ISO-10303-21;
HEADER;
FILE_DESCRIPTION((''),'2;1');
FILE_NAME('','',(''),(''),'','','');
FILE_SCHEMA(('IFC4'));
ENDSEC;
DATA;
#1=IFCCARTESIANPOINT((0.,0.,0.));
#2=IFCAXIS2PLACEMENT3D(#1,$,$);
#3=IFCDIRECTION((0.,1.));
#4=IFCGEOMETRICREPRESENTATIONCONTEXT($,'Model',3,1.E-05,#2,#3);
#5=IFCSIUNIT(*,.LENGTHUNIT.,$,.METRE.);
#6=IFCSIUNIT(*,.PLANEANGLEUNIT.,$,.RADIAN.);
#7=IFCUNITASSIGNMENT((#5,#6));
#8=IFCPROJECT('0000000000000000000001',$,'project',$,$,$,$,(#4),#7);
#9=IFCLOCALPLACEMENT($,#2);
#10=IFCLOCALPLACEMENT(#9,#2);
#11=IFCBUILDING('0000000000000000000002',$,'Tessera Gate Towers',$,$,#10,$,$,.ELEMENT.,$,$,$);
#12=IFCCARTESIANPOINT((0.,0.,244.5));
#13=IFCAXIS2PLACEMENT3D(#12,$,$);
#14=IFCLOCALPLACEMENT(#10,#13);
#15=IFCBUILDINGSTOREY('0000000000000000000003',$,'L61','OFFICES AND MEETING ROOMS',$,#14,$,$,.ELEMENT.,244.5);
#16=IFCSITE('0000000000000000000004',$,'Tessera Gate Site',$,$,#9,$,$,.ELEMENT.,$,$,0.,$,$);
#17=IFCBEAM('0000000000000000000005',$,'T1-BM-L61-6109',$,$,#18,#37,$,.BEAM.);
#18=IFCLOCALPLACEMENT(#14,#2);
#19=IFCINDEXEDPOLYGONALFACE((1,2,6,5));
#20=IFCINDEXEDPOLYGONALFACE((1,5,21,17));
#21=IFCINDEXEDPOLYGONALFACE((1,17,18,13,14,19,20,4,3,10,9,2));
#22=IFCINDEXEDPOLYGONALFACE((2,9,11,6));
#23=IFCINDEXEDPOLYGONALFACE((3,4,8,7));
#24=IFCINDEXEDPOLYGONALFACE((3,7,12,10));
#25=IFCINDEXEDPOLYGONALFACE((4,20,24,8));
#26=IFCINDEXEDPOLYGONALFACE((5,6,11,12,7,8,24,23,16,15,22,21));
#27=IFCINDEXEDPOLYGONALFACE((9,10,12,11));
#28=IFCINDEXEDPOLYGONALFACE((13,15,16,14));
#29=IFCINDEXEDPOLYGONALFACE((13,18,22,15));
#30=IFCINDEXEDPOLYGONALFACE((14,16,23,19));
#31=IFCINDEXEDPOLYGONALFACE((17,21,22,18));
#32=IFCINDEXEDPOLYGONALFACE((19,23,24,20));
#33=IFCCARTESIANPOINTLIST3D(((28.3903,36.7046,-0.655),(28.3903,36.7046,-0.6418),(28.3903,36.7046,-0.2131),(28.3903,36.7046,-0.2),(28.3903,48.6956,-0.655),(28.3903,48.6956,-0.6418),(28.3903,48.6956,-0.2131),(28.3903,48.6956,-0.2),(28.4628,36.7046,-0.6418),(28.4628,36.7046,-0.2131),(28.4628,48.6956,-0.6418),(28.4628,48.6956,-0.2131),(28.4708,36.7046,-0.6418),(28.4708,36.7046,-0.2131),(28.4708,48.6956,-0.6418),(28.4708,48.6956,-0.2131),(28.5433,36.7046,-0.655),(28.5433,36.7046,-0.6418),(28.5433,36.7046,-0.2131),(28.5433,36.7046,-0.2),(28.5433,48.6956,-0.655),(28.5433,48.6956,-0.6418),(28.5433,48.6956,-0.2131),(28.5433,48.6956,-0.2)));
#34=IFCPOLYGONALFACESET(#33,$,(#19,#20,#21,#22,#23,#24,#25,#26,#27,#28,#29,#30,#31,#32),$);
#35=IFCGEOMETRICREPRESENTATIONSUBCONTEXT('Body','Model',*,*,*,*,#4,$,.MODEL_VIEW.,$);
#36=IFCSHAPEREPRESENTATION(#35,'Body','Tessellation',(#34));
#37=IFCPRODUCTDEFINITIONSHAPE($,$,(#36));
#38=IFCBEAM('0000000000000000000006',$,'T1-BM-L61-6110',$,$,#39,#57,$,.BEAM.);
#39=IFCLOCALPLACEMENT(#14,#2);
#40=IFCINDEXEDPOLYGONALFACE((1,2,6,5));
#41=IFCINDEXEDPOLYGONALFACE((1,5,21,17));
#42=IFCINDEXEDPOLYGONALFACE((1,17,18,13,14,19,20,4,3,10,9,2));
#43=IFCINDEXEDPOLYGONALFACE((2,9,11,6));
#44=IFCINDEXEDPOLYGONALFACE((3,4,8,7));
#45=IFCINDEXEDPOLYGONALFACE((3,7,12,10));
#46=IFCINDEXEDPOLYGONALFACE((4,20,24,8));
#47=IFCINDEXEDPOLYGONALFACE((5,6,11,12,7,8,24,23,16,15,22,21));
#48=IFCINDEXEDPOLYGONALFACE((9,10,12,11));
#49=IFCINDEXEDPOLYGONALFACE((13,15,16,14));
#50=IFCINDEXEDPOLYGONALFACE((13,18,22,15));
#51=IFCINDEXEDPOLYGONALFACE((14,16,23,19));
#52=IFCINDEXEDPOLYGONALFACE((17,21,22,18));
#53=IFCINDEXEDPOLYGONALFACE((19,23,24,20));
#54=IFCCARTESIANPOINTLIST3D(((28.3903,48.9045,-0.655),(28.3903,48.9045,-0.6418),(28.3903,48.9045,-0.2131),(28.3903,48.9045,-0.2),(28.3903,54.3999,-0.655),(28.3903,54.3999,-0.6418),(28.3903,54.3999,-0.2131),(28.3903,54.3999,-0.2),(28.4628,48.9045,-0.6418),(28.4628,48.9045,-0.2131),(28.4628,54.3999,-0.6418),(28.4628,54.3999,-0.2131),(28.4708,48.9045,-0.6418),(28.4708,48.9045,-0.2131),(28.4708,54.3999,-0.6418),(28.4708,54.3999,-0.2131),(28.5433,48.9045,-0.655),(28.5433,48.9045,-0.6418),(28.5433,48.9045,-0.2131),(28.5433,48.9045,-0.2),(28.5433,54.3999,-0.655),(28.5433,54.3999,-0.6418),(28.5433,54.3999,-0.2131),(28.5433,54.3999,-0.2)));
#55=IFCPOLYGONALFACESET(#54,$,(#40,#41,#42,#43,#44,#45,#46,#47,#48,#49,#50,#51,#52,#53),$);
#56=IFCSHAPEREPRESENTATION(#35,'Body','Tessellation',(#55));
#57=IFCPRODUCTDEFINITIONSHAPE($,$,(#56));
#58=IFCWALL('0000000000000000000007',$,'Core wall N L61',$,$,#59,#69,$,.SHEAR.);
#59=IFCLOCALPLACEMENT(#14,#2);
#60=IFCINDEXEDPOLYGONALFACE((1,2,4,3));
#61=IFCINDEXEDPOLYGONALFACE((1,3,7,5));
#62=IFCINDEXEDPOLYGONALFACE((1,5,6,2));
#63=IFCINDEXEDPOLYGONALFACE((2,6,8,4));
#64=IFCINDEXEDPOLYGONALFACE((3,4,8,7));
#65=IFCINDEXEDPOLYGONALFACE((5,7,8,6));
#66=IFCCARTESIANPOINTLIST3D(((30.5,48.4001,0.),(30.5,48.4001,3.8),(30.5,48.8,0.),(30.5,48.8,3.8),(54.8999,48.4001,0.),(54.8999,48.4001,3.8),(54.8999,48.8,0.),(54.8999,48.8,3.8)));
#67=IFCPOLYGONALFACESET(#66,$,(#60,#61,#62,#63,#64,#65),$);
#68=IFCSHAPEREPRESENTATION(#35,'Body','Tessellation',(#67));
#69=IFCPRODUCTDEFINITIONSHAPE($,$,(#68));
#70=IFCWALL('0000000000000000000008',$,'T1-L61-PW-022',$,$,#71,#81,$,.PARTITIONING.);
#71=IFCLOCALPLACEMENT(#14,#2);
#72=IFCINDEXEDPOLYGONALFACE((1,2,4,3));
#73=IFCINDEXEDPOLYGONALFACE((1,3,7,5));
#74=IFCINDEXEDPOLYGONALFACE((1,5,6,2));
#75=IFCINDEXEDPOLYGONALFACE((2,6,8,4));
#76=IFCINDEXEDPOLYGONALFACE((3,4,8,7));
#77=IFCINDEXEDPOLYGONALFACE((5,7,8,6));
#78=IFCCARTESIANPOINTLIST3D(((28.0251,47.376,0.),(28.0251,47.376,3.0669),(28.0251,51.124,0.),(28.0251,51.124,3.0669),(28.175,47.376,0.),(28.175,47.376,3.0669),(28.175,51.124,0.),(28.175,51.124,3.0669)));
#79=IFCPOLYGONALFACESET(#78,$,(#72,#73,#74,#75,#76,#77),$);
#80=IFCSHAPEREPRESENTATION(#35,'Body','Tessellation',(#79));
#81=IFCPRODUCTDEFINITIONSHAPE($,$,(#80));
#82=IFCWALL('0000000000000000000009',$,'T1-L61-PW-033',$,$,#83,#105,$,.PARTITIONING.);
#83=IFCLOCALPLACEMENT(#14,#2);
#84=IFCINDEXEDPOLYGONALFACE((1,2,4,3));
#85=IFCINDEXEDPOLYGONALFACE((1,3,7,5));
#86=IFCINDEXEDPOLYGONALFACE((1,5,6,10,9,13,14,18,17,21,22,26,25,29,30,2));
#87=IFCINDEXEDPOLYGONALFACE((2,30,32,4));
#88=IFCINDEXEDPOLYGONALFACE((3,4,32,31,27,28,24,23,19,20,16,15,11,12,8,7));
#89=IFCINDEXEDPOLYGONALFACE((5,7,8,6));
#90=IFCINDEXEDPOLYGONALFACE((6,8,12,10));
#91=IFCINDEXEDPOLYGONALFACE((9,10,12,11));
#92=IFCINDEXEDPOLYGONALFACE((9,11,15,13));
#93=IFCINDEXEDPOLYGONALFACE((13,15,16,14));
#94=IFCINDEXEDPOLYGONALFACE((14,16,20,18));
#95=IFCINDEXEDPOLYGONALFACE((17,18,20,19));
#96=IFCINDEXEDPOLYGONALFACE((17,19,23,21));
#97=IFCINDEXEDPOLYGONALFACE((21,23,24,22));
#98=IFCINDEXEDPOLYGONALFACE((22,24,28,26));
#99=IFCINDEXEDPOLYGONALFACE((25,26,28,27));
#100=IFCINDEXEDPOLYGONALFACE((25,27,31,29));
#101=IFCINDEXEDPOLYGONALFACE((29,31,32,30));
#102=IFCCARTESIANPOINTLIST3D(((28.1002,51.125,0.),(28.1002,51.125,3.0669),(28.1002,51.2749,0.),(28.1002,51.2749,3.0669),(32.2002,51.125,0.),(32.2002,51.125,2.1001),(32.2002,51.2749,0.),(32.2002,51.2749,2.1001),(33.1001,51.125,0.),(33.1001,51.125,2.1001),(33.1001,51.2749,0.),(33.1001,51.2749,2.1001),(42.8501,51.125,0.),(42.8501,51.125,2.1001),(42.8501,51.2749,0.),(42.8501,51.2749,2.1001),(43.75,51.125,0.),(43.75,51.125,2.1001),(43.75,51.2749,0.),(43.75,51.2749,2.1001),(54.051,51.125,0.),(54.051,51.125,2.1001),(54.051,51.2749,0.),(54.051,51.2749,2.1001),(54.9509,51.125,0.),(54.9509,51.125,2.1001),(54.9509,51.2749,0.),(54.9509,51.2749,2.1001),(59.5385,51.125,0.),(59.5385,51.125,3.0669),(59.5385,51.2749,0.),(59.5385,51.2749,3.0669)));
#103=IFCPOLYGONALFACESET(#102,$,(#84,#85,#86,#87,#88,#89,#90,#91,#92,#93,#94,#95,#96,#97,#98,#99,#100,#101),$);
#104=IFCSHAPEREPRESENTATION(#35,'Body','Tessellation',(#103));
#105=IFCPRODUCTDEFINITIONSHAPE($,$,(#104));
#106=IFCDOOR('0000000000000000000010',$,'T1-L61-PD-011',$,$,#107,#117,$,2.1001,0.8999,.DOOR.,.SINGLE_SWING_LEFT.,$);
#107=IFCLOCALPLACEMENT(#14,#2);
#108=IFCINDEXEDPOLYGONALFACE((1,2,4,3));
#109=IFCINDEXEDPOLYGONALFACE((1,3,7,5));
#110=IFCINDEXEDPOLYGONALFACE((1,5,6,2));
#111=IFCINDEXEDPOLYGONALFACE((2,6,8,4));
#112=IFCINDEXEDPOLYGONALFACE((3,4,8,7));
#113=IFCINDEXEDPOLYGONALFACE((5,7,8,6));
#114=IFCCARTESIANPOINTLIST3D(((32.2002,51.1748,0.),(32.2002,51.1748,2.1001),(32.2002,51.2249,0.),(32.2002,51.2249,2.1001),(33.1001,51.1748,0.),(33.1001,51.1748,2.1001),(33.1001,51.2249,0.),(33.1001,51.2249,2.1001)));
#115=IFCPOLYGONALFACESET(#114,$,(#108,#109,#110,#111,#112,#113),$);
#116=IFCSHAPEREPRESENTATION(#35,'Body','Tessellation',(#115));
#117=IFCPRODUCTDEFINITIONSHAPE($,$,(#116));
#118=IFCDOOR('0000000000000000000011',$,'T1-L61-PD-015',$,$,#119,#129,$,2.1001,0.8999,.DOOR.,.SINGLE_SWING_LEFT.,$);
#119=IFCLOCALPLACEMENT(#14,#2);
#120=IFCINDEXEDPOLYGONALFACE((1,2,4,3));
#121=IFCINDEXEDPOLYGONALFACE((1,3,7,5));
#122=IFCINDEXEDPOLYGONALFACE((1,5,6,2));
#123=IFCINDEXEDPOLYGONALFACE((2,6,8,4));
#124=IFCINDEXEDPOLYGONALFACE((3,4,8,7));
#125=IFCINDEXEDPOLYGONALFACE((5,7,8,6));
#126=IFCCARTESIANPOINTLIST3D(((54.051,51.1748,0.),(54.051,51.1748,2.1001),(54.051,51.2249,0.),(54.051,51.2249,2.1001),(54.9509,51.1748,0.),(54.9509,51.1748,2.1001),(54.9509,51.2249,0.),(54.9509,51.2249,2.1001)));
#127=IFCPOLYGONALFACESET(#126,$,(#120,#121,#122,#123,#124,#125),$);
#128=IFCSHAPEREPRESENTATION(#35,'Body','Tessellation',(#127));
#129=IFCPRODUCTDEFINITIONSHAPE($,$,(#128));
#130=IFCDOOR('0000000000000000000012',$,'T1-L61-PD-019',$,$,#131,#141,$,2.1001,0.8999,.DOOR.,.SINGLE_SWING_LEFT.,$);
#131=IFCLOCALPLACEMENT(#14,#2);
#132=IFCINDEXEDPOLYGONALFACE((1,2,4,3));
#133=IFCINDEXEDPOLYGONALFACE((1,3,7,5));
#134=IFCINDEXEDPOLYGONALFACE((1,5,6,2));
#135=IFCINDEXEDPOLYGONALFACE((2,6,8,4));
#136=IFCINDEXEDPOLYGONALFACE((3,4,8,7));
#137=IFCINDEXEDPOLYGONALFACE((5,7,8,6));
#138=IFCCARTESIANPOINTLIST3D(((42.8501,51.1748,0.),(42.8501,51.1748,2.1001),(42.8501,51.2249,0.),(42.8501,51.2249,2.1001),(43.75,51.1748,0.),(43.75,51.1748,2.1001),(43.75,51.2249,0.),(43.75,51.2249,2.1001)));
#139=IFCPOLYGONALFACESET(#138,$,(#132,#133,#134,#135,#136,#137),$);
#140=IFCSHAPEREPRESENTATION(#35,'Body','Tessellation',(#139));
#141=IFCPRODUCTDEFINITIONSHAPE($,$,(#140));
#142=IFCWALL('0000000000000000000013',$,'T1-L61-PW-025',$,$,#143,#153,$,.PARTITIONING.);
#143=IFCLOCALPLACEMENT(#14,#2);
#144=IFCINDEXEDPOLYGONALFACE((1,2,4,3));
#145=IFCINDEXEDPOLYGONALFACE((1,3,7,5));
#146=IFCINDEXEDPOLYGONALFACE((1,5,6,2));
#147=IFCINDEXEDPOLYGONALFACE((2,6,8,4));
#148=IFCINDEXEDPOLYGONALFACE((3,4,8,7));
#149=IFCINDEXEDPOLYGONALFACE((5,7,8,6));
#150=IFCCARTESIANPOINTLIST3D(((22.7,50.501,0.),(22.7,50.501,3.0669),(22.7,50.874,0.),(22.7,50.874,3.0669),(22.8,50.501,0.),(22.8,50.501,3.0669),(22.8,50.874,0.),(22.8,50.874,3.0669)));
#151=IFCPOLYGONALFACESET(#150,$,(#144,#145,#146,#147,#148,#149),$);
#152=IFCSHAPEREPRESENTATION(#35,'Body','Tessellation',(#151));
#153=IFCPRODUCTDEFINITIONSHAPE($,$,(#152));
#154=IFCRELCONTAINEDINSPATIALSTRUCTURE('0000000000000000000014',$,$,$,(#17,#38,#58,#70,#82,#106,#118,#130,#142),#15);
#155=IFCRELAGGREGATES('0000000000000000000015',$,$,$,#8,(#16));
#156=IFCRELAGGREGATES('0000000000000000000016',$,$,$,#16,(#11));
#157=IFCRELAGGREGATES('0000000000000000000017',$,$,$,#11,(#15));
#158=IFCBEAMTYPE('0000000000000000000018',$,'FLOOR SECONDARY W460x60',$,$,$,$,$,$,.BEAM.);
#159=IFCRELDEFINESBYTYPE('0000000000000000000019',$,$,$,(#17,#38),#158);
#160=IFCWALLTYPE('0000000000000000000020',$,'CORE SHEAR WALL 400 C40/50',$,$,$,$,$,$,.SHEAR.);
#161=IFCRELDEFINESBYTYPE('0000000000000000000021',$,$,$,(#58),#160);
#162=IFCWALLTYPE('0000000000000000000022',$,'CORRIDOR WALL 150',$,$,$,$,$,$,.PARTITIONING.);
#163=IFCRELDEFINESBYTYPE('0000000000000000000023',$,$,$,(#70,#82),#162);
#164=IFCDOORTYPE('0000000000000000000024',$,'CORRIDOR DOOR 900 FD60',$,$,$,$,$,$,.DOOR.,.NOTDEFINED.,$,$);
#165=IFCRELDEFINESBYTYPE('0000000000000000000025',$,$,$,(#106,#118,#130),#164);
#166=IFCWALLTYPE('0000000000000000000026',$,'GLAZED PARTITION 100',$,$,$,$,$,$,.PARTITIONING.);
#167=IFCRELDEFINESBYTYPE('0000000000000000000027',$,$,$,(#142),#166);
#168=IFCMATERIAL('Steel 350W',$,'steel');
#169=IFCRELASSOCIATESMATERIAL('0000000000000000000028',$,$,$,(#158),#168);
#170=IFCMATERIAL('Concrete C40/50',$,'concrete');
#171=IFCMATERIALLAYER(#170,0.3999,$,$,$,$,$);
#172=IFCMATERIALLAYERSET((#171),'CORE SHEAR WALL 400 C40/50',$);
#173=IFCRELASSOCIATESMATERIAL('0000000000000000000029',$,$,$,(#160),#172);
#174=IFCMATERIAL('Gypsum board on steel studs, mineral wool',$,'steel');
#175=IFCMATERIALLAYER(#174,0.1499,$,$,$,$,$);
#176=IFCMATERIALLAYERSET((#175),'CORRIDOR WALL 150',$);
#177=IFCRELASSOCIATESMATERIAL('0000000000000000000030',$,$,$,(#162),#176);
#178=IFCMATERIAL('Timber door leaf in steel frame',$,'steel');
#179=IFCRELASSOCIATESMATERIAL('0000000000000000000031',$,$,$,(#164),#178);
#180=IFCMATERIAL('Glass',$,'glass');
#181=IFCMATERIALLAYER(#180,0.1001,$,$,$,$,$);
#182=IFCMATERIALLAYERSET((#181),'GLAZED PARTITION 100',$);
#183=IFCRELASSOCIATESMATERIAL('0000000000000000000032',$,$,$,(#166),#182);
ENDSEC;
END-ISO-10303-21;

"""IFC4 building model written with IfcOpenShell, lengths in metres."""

from ifc_helpers import new_model, si_unit, direction, frame, frame_2d, origin, origin_2d, place, context, subcontext, project, spatial, rectangle, i_section, extrude, source, transform, mapped, material, layer, layer_set, material_profile, profile_set, type_object, element, fill, save


model = new_model("IFC4")

# Units and contexts
model_context = context("Model", 3, precision=1e-05, world=origin(), true_north=direction((0.0, 1.0)))
body_context = subcontext(model_context, "Body", "Model", "MODEL_VIEW")
ifc_project = project(units=[si_unit("LENGTHUNIT", "METRE"), si_unit("PLANEANGLEUNIT", "RADIAN")], contexts=[model_context])

# Site, building, storey
site_placement = place(None, origin())
site = spatial("IfcSite", under=ifc_project, at=site_placement, Name="Tessera Gate Site", CompositionType="ELEMENT", RefElevation=0.0)
building_placement = place(site_placement, origin())
building = spatial("IfcBuilding", under=site, at=building_placement, Name="Tessera Gate Towers", CompositionType="ELEMENT")
storey_placement = place(building_placement, frame((0.0, 0.0, 244.5)))
storey = spatial("IfcBuildingStorey", under=building, at=storey_placement, Name="L61", Description="OFFICES AND MEETING ROOMS", CompositionType="ELEMENT", Elevation=244.5)

# Beams
ifc_material_1 = material(Name="Steel 350W", Category="steel")
ifc_material_profile_1 = material_profile(ifc_material_1, i_section(OverallWidth=0.1531, OverallDepth=0.4551, WebThickness=0.0081, FlangeThickness=0.0132, at=origin_2d()), Name="W460x60")
ifc_profile_set_1 = profile_set([ifc_material_profile_1], Name="Steel 350W")
beam_type_1 = type_object("IfcBeamType", Name="FLOOR SECONDARY W460x60", PredefinedType="BEAM", material=ifc_profile_set_1)
beam_1_placement = place(storey_placement, frame((28.4668, 36.7046, -0.4275), z_axis=(0.0, 1.0, 0.0), x_axis=(-1.0, 0.0, 0.0)))
element("IfcBeam", 1, at=beam_1_placement, inside=storey, type_object=beam_type_1, Name="T1-BM-L61-6109", PredefinedType="BEAM", context=body_context, shape_type="SweptSolid", body=[
    extrude(i_section(OverallWidth=0.1531, OverallDepth=0.4551, WebThickness=0.0081, FlangeThickness=0.0132, at=origin_2d()), origin(), (0.0, 0.0, 1.0), 11.991),
])
beam_2_placement = place(storey_placement, frame((28.4668, 48.9045, -0.4275), z_axis=(0.0, 1.0, 0.0), x_axis=(-1.0, 0.0, 0.0)))
element("IfcBeam", 2, at=beam_2_placement, inside=storey, type_object=beam_type_1, Name="T1-BM-L61-6110", PredefinedType="BEAM", context=body_context, shape_type="SweptSolid", body=[
    extrude(i_section(OverallWidth=0.1531, OverallDepth=0.4551, WebThickness=0.0081, FlangeThickness=0.0132, at=origin_2d()), origin(), (0.0, 0.0, 1.0), 5.4954),
])

# Walls
ifc_material_2 = material(Name="Concrete C40/50", Category="concrete")
ifc_layer_1 = layer(ifc_material_2, 0.3999)
ifc_layer_set_1 = layer_set([ifc_layer_1], Name="CORE SHEAR WALL 400 C40/50")
wall_type_1 = type_object("IfcWallType", Name="CORE SHEAR WALL 400 C40/50", PredefinedType="SHEAR", material=ifc_layer_set_1)
wall_1_placement = place(storey_placement, frame((30.5, 48.6001, 0.0), z_axis=(0.0, 0.0, 1.0), x_axis=(1.0, 0.0, 0.0)))
element("IfcWall", 3, at=wall_1_placement, inside=storey, type_object=wall_type_1, Name="Core wall N L61", PredefinedType="SHEAR", context=body_context, shape_type="SweptSolid", body=[
    extrude(rectangle(XDim=24.3999, YDim=0.3999, at=frame_2d((12.2, 0.0))), origin(), (0.0, 0.0, 1.0), 3.8),
])
ifc_material_3 = material(Name="Gypsum board on steel studs, mineral wool", Category="steel")
ifc_layer_2 = layer(ifc_material_3, 0.1499)
ifc_layer_set_2 = layer_set([ifc_layer_2], Name="CORRIDOR WALL 150")
wall_type_2 = type_object("IfcWallType", Name="CORRIDOR WALL 150", PredefinedType="PARTITIONING", material=ifc_layer_set_2)
wall_2_placement = place(storey_placement, frame((28.1001, 47.376, 0.0), z_axis=(0.0, 0.0, 1.0), x_axis=(0.0, 1.0, 0.0)))
element("IfcWall", 4, at=wall_2_placement, inside=storey, type_object=wall_type_2, Name="T1-L61-PW-022", PredefinedType="PARTITIONING", context=body_context, shape_type="SweptSolid", body=[
    extrude(rectangle(XDim=3.748, YDim=0.1499, at=frame_2d((1.874, 0.0))), origin(), (0.0, 0.0, 1.0), 3.0669),
])

# Wall, openings, doors
wall_3_placement = place(storey_placement, frame((28.1001, 51.2, 0.0), z_axis=(0.0, 0.0, 1.0), x_axis=(1.0, 0.0, 0.0)))
wall_3 = element("IfcWall", 5, at=wall_3_placement, inside=storey, type_object=wall_type_2, Name="T1-L61-PW-033", PredefinedType="PARTITIONING", context=body_context, shape_type="SweptSolid", body=[
    extrude(rectangle(XDim=31.4382, YDim=0.1499, at=frame_2d((15.7192, 0.0))), origin(), (0.0, 0.0, 1.0), 3.0669),
])
shared_shape_1 = source(origin(), body_context, "Body", "SweptSolid", [
    extrude(rectangle(XDim=0.8999, YDim=2.1001, at=frame_2d((0.45, 1.05))), frame((0.0, 0.085, 0.0), z_axis=(0.0, -1.0, 0.0), x_axis=(1.0, 0.0, 0.0)), (0.0, 0.0, 1.0), 0.1699),
])
opening_1_placement = place(wall_3_placement, frame((4.1001, 0.0, 0.0)))
opening_1 = element("IfcOpeningElement", 6, at=opening_1_placement, cuts=wall_3, PredefinedType="OPENING", context=body_context, shape_type="MappedRepresentation", body=[
    mapped(shared_shape_1, transform((0.0, 0.0, 0.0), scale=1.0)),
])
opening_2_placement = place(wall_3_placement, frame((25.9509, 0.0, 0.0)))
opening_2 = element("IfcOpeningElement", 7, at=opening_2_placement, cuts=wall_3, PredefinedType="OPENING", context=body_context, shape_type="MappedRepresentation", body=[
    mapped(shared_shape_1, transform((0.0, 0.0, 0.0), scale=1.0)),
])
opening_3_placement = place(wall_3_placement, frame((14.75, 0.0, 0.0)))
opening_3 = element("IfcOpeningElement", 8, at=opening_3_placement, cuts=wall_3, PredefinedType="OPENING", context=body_context, shape_type="MappedRepresentation", body=[
    mapped(shared_shape_1, transform((0.0, 0.0, 0.0), scale=1.0)),
])
ifc_material_4 = material(Name="Timber door leaf in steel frame", Category="steel")
door_type_1 = type_object("IfcDoorType", Name="CORRIDOR DOOR 900 FD60", OperationType="NOTDEFINED", PredefinedType="DOOR", material=ifc_material_4)
shared_shape_2 = source(origin(), body_context, "Body", "SweptSolid", [
    extrude(rectangle(XDim=0.8999, YDim=2.1001, at=frame_2d((0.45, 1.05))), frame((0.0, 0.0249, 0.0), z_axis=(0.0, -1.0, 0.0), x_axis=(1.0, 0.0, 0.0)), (0.0, 0.0, 1.0), 0.05),
])
door_1_placement = place(opening_1_placement, origin())
door_1 = element("IfcDoor", 9, at=door_1_placement, inside=storey, type_object=door_type_1, Name="T1-L61-PD-011", OperationType="SINGLE_SWING_LEFT", OverallHeight=2.1001, OverallWidth=0.8999, PredefinedType="DOOR", context=body_context, shape_type="MappedRepresentation", body=[
    mapped(shared_shape_2, transform((0.0, 0.0, 0.0), scale=1.0)),
])
fill(opening_1, door_1)
door_2_placement = place(opening_2_placement, origin())
door_2 = element("IfcDoor", 10, at=door_2_placement, inside=storey, type_object=door_type_1, Name="T1-L61-PD-015", OperationType="SINGLE_SWING_LEFT", OverallHeight=2.1001, OverallWidth=0.8999, PredefinedType="DOOR", context=body_context, shape_type="MappedRepresentation", body=[
    mapped(shared_shape_2, transform((0.0, 0.0, 0.0), scale=1.0)),
])
fill(opening_2, door_2)
door_3_placement = place(opening_3_placement, origin())
door_3 = element("IfcDoor", 11, at=door_3_placement, inside=storey, type_object=door_type_1, Name="T1-L61-PD-019", OperationType="SINGLE_SWING_LEFT", OverallHeight=2.1001, OverallWidth=0.8999, PredefinedType="DOOR", context=body_context, shape_type="MappedRepresentation", body=[
    mapped(shared_shape_2, transform((0.0, 0.0, 0.0), scale=1.0)),
])
fill(opening_3, door_3)

# Wall
ifc_material_5 = material(Name="Glass", Category="glass")
ifc_layer_3 = layer(ifc_material_5, 0.1001)
ifc_layer_set_3 = layer_set([ifc_layer_3], Name="GLAZED PARTITION 100")
wall_type_3 = type_object("IfcWallType", Name="GLAZED PARTITION 100", PredefinedType="PARTITIONING", material=ifc_layer_set_3)
wall_4_placement = place(storey_placement, frame((22.75, 50.501, 0.0), z_axis=(0.0, 0.0, 1.0), x_axis=(0.0, 1.0, 0.0)))
element("IfcWall", 12, at=wall_4_placement, inside=storey, type_object=wall_type_3, Name="T1-L61-PW-025", PredefinedType="PARTITIONING", context=body_context, shape_type="SweptSolid", body=[
    extrude(rectangle(XDim=0.373, YDim=0.1001, at=frame_2d((0.1865, 0.0))), origin(), (0.0, 0.0, 1.0), 3.0669),
])

save(model, "model.ifc")
